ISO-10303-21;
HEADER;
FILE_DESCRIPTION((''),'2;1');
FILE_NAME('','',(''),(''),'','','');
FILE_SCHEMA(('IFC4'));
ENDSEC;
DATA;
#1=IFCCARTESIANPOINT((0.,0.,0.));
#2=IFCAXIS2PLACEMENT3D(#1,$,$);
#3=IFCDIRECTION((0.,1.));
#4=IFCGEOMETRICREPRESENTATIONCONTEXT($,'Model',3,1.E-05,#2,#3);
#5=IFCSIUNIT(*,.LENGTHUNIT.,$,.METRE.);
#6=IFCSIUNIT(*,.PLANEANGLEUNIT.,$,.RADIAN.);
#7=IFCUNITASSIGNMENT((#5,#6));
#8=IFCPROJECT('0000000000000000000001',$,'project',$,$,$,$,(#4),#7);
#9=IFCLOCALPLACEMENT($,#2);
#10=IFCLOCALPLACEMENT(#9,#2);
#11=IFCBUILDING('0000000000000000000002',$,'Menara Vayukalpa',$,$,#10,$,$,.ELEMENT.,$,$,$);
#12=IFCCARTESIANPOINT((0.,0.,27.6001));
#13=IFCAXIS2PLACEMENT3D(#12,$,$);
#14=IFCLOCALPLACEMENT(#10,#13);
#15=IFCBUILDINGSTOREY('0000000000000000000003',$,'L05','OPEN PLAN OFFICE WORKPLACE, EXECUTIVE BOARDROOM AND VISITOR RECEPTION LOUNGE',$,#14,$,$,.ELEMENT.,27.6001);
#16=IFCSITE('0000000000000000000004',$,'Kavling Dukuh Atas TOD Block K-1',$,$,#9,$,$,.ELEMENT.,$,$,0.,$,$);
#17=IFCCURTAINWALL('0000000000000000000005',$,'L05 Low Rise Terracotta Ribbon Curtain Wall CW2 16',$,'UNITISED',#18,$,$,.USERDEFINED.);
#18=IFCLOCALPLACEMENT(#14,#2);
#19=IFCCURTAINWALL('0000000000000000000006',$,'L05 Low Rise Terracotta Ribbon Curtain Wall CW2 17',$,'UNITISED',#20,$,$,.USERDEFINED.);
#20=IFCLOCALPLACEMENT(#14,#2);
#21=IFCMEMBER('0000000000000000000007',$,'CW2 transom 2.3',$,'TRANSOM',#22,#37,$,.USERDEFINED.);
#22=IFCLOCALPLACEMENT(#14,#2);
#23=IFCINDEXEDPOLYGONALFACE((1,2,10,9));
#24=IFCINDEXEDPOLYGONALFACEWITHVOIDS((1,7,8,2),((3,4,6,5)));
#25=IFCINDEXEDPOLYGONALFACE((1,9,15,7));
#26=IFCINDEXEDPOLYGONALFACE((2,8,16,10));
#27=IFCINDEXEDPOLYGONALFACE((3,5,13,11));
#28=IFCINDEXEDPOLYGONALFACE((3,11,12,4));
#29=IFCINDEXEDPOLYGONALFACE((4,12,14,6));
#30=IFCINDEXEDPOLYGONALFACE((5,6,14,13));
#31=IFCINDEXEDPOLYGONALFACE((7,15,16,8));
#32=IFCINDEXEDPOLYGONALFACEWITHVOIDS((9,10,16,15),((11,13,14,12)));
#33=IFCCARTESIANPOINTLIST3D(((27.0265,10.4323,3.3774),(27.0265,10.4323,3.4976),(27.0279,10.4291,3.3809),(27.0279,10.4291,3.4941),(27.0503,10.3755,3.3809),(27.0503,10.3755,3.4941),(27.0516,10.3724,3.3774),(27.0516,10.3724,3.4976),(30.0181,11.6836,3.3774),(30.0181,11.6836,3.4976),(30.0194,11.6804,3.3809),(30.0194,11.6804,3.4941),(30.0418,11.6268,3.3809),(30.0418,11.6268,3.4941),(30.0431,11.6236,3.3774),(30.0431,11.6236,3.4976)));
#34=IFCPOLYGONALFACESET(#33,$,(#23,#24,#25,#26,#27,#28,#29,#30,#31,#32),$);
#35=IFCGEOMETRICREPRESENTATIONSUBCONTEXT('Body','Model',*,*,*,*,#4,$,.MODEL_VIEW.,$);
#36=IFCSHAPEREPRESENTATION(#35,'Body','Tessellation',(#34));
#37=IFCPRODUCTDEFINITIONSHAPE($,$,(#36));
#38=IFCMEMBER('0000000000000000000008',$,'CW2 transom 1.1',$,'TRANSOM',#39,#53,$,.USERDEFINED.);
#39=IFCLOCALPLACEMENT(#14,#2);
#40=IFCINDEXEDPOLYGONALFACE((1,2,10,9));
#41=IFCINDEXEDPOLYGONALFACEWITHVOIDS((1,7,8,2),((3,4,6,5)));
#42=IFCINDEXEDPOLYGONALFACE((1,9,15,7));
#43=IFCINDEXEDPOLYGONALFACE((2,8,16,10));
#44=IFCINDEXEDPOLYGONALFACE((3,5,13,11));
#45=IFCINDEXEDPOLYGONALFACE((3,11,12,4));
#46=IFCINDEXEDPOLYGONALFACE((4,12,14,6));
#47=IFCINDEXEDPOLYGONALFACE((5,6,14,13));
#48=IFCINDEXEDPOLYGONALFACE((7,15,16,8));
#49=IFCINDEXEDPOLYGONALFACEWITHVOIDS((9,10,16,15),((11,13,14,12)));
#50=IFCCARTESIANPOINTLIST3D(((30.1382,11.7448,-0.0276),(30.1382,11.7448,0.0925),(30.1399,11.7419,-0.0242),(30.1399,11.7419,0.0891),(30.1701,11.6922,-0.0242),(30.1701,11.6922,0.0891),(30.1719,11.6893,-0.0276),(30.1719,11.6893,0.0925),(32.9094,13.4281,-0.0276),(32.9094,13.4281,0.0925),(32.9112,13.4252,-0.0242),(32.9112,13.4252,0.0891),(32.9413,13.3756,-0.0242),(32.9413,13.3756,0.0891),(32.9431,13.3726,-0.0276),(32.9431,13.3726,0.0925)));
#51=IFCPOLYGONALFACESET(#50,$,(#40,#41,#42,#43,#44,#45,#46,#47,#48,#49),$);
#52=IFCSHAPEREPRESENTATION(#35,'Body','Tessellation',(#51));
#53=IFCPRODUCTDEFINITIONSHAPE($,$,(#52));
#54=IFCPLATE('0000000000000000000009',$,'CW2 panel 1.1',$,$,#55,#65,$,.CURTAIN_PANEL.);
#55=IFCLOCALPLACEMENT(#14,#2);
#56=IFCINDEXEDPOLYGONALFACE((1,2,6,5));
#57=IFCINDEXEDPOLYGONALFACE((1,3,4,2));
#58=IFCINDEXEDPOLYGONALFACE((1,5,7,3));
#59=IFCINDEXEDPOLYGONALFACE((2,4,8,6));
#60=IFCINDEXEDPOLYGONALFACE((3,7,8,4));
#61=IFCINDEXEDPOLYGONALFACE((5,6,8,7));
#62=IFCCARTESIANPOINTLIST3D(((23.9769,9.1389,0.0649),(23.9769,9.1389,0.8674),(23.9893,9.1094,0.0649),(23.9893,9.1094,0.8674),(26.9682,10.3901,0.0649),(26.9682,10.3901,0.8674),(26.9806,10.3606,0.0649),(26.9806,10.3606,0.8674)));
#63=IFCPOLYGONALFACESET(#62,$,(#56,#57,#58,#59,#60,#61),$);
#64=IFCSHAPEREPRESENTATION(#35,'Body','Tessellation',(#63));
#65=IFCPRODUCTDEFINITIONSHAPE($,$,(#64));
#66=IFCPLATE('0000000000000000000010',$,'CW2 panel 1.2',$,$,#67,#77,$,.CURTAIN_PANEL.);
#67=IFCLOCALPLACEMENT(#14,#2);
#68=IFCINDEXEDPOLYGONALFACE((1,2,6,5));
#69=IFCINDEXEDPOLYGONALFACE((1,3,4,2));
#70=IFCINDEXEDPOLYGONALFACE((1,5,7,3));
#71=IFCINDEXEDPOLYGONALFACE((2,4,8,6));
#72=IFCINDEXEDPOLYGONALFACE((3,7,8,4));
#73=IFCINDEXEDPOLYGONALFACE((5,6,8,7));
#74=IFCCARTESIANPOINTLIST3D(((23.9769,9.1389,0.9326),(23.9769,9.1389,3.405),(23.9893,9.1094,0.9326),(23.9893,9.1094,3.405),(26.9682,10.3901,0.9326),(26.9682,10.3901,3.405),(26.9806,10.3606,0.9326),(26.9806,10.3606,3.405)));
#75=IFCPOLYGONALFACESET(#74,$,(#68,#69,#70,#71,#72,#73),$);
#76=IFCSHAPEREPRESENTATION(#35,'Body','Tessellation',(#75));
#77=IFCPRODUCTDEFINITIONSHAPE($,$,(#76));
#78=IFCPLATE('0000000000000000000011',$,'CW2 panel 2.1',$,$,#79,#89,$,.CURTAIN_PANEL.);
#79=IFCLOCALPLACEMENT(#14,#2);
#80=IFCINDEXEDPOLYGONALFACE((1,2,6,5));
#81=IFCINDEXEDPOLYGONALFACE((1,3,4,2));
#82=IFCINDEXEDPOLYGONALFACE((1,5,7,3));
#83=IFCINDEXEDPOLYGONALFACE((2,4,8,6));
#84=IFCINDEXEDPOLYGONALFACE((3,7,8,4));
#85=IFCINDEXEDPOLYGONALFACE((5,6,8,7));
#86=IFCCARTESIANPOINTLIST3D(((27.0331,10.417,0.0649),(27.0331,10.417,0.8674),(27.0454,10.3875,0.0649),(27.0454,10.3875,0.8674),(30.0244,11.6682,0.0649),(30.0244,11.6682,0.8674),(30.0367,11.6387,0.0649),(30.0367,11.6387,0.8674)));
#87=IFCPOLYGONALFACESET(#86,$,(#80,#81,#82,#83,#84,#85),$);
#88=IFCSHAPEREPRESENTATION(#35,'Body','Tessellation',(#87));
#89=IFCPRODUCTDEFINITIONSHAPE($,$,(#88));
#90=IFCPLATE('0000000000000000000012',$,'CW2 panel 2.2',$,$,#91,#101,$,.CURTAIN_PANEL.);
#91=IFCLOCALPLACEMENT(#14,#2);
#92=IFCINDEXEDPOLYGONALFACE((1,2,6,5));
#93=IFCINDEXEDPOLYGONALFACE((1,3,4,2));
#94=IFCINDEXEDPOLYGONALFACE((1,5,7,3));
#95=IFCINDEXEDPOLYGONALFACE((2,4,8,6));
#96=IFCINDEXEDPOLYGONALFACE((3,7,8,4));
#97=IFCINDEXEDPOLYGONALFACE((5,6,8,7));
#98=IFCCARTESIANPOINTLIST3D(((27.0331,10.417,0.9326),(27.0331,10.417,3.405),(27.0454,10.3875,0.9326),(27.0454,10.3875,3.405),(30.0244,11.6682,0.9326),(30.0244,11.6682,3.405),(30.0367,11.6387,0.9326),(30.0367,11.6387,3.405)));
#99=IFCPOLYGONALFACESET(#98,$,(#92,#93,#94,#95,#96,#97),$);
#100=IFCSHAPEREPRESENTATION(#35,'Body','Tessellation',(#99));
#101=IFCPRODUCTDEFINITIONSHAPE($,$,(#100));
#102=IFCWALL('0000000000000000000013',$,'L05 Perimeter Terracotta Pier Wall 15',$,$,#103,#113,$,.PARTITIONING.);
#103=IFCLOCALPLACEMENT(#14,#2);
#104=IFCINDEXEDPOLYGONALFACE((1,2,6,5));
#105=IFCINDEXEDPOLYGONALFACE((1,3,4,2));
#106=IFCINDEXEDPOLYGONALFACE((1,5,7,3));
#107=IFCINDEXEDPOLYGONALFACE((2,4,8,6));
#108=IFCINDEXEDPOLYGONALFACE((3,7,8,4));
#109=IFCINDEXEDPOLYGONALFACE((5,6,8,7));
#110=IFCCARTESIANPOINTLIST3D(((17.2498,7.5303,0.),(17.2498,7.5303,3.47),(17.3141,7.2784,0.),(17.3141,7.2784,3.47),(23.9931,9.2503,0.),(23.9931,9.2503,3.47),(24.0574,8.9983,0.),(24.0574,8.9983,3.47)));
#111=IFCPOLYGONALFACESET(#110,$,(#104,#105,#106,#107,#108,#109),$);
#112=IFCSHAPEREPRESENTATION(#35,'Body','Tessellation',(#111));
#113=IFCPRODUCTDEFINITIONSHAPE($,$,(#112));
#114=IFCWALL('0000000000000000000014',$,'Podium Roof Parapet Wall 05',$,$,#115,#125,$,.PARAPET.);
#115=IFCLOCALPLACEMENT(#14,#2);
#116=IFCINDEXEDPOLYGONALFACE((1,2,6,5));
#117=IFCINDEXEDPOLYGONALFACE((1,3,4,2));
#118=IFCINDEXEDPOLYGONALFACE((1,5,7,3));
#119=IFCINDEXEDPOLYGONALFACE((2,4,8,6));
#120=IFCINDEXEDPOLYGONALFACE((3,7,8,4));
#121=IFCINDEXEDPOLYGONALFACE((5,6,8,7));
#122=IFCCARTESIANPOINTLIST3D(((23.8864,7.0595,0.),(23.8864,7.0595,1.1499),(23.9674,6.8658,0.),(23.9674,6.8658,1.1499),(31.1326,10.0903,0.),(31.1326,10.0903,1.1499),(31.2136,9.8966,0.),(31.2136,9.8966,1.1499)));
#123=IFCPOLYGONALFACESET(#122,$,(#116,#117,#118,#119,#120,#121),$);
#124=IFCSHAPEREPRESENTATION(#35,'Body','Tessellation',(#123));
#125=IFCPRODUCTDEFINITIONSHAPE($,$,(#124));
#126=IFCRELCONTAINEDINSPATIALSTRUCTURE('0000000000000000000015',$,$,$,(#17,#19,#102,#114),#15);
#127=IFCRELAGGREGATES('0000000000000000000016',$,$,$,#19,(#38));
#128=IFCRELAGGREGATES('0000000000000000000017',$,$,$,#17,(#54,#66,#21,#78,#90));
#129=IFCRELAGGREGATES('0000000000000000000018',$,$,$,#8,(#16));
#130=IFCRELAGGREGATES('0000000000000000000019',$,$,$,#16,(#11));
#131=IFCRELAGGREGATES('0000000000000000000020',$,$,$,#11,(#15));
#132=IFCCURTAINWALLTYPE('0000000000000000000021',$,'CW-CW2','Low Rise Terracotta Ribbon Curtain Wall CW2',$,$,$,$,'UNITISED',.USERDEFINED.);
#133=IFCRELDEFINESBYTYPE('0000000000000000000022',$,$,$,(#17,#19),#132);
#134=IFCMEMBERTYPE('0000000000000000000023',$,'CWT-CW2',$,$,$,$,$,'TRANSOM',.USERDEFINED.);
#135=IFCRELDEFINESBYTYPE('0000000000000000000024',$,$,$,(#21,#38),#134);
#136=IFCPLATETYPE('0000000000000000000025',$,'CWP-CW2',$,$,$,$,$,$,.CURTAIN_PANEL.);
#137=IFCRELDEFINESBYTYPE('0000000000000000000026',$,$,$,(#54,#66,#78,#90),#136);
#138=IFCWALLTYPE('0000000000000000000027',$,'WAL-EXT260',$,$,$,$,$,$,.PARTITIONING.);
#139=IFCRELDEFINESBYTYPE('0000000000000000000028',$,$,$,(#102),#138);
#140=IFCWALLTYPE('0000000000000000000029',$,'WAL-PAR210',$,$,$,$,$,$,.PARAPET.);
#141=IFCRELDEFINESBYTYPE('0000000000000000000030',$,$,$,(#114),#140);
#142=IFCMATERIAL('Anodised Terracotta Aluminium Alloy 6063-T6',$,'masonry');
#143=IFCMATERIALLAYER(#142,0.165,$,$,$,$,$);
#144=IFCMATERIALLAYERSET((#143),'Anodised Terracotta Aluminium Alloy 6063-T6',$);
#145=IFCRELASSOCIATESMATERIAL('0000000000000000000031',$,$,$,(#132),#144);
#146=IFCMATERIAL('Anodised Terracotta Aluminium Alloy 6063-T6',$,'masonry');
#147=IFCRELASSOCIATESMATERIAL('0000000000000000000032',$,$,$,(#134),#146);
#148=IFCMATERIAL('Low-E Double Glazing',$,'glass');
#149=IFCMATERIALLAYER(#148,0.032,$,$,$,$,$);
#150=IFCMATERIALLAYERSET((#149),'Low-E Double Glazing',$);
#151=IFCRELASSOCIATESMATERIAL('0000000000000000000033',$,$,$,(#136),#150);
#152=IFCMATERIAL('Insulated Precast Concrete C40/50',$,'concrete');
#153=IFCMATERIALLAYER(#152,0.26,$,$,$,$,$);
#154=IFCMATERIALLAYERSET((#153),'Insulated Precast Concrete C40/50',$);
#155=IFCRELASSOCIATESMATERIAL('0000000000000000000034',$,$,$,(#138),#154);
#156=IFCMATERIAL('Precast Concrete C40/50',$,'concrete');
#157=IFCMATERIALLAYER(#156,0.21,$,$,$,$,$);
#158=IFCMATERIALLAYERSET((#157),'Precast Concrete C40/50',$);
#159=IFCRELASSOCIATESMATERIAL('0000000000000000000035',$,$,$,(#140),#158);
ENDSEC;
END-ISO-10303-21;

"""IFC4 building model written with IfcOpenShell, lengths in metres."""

from ifc_helpers import new_model, si_unit, direction, frame, frame_2d, origin, origin_2d, place, context, subcontext, project, spatial, rectangle, hollow_rectangle, extrude, material, layer, layer_set, material_profile, profile_set, type_object, element, aggregate, save


model = new_model("IFC4")

# Units and contexts
model_context = context("Model", 3, precision=1e-05, world=origin(), true_north=direction((0.0, 1.0)))
body_context = subcontext(model_context, "Body", "Model", "MODEL_VIEW")
ifc_project = project(units=[si_unit("LENGTHUNIT", "METRE"), si_unit("PLANEANGLEUNIT", "RADIAN")], contexts=[model_context])

# Site, building, storey
site_placement = place(None, origin())
site = spatial("IfcSite", under=ifc_project, at=site_placement, Name="Kavling Dukuh Atas TOD Block K-1", CompositionType="ELEMENT", RefElevation=0.0)
building_placement = place(site_placement, origin())
building = spatial("IfcBuilding", under=site, at=building_placement, Name="Menara Vayukalpa", CompositionType="ELEMENT")
storey_placement = place(building_placement, frame((0.0, 0.0, 27.6001)))
storey = spatial("IfcBuildingStorey", under=building, at=storey_placement, Name="L05", Description="OPEN PLAN OFFICE WORKPLACE, EXECUTIVE BOARDROOM AND VISITOR RECEPTION LOUNGE", CompositionType="ELEMENT", Elevation=27.6001)

# Curtain wall
ifc_material_1 = material(Name="Anodised Terracotta Aluminium Alloy 6063-T6", Category="masonry")
ifc_layer_1 = layer(ifc_material_1, 0.165)
ifc_layer_set_1 = layer_set([ifc_layer_1], Name="Anodised Terracotta Aluminium Alloy 6063-T6")
curtain_wall_type = type_object("IfcCurtainWallType", Name="CW-CW2", Description="Low Rise Terracotta Ribbon Curtain Wall CW2", ElementType="UNITISED", PredefinedType="USERDEFINED", material=ifc_layer_set_1)
curtain_wall_1_placement = place(storey_placement, origin())
curtain_wall_1 = element("IfcCurtainWall", 1, at=curtain_wall_1_placement, inside=storey, type_object=curtain_wall_type, Name="L05 Low Rise Terracotta Ribbon Curtain Wall CW2 16", ObjectType="UNITISED", PredefinedType="USERDEFINED")

# Curtain wall
curtain_wall_2_placement = place(storey_placement, origin())
curtain_wall_2 = element("IfcCurtainWall", 2, at=curtain_wall_2_placement, inside=storey, type_object=curtain_wall_type, Name="L05 Low Rise Terracotta Ribbon Curtain Wall CW2 17", ObjectType="UNITISED", PredefinedType="USERDEFINED")

# Members
ifc_material_2 = material(Name="Anodised Terracotta Aluminium Alloy 6063-T6", Category="masonry")
ifc_material_profile_1 = material_profile(ifc_material_2, hollow_rectangle(XDim=0.0649, YDim=0.1201, WallThickness=0.0034, at=origin_2d()), Name="ALU 65x120x3.5")
ifc_profile_set_1 = profile_set([ifc_material_profile_1], Name="Anodised Terracotta Aluminium Alloy 6063-T6")
member_type_1 = type_object("IfcMemberType", Name="CWT-CW2", ElementType="TRANSOM", PredefinedType="USERDEFINED", material=ifc_profile_set_1)
member_1_placement = place(storey_placement, frame((27.0391, 10.4023, 3.4375), z_axis=(0.922553, 0.385871, 0.0), x_axis=(-0.385871, 0.922553, 0.0)))
member_1 = element("IfcMember", 3, at=member_1_placement, type_object=member_type_1, Name="CW2 transom 2.3", ObjectType="TRANSOM", PredefinedType="USERDEFINED", context=body_context, shape_type="SweptSolid", body=[
    extrude(hollow_rectangle(XDim=0.0649, YDim=0.1201, WallThickness=0.0034, at=origin_2d()), origin(), (0.0, 0.0, 1.0), 3.2427),
])
member_2_placement = place(storey_placement, frame((30.155, 11.717, 0.0325), z_axis=(0.854677, 0.519161, 0.0), x_axis=(-0.519161, 0.854677, 0.0)))
member_2 = element("IfcMember", 4, at=member_2_placement, type_object=member_type_1, Name="CW2 transom 1.1", ObjectType="TRANSOM", PredefinedType="USERDEFINED", context=body_context, shape_type="SweptSolid", body=[
    extrude(hollow_rectangle(XDim=0.0649, YDim=0.1201, WallThickness=0.0034, at=origin_2d()), origin(), (0.0, 0.0, 1.0), 3.2424),
])
aggregate(curtain_wall_2, [member_2])

# Plates
ifc_material_3 = material(Name="Low-E Double Glazing", Category="glass")
ifc_layer_2 = layer(ifc_material_3, 0.032)
ifc_layer_set_2 = layer_set([ifc_layer_2], Name="Low-E Double Glazing")
plate_type = type_object("IfcPlateType", Name="CWP-CW2", PredefinedType="CURTAIN_PANEL", material=ifc_layer_set_2)
plate_1_placement = place(storey_placement, frame((25.4788, 9.7498, 0.0649), z_axis=(0.0, 0.0, 1.0), x_axis=(0.922543, 0.385895, 0.0)))
plate_1 = element("IfcPlate", 5, at=plate_1_placement, type_object=plate_type, Name="CW2 panel 1.1", PredefinedType="CURTAIN_PANEL", context=body_context, shape_type="SweptSolid", body=[
    extrude(rectangle(XDim=3.2424, YDim=0.032, at=origin_2d()), origin(), (0.0, 0.0, 1.0), 0.8025),
])
plate_2_placement = place(storey_placement, frame((25.4788, 9.7498, 0.9326), z_axis=(0.0, 0.0, 1.0), x_axis=(0.922543, 0.385895, 0.0)))
plate_2 = element("IfcPlate", 6, at=plate_2_placement, type_object=plate_type, Name="CW2 panel 1.2", PredefinedType="CURTAIN_PANEL", context=body_context, shape_type="SweptSolid", body=[
    extrude(rectangle(XDim=3.2424, YDim=0.032, at=origin_2d()), origin(), (0.0, 0.0, 1.0), 2.4724),
])
plate_3_placement = place(storey_placement, frame((28.5349, 11.0278, 0.0649), z_axis=(0.0, 0.0, 1.0), x_axis=(0.922543, 0.385895, 0.0)))
plate_3 = element("IfcPlate", 7, at=plate_3_placement, type_object=plate_type, Name="CW2 panel 2.1", PredefinedType="CURTAIN_PANEL", context=body_context, shape_type="SweptSolid", body=[
    extrude(rectangle(XDim=3.2424, YDim=0.032, at=origin_2d()), origin(), (0.0, 0.0, 1.0), 0.8025),
])
plate_4_placement = place(storey_placement, frame((28.5349, 11.0278, 0.9326), z_axis=(0.0, 0.0, 1.0), x_axis=(0.922543, 0.385895, 0.0)))
plate_4 = element("IfcPlate", 8, at=plate_4_placement, type_object=plate_type, Name="CW2 panel 2.2", PredefinedType="CURTAIN_PANEL", context=body_context, shape_type="SweptSolid", body=[
    extrude(rectangle(XDim=3.2424, YDim=0.032, at=origin_2d()), origin(), (0.0, 0.0, 1.0), 2.4724),
])
aggregate(curtain_wall_1, [plate_1, plate_2, member_1, plate_3, plate_4])

# Walls
ifc_material_4 = material(Name="Insulated Precast Concrete C40/50", Category="concrete")
ifc_layer_3 = layer(ifc_material_4, 0.26)
ifc_layer_set_3 = layer_set([ifc_layer_3], Name="Insulated Precast Concrete C40/50")
wall_type_1 = type_object("IfcWallType", Name="WAL-EXT260", PredefinedType="PARTITIONING", material=ifc_layer_set_3)
wall_1_placement = place(storey_placement, frame((24.0251, 9.1243, 0.0), z_axis=(0.0, 0.0, 1.0), x_axis=(-0.968978, -0.247147, 0.0)))
element("IfcWall", 9, at=wall_1_placement, inside=storey, type_object=wall_type_1, Name="L05 Perimeter Terracotta Pier Wall 15", PredefinedType="PARTITIONING", context=body_context, shape_type="SweptSolid", body=[
    extrude(rectangle(XDim=6.9592, YDim=0.26, at=frame_2d((3.4795, 0.0))), origin(), (0.0, 0.0, 1.0), 3.47),
])
ifc_material_5 = material(Name="Precast Concrete C40/50", Category="concrete")
ifc_layer_4 = layer(ifc_material_5, 0.21)
ifc_layer_set_4 = layer_set([ifc_layer_4], Name="Precast Concrete C40/50")
wall_type_2 = type_object("IfcWallType", Name="WAL-PAR210", PredefinedType="PARAPET", material=ifc_layer_set_4)
wall_2_placement = place(storey_placement, frame((31.1731, 9.9934, 0.0), z_axis=(0.0, 0.0, 1.0), x_axis=(-0.922554, -0.385869, 0.0)))
element("IfcWall", 10, at=wall_2_placement, inside=storey, type_object=wall_type_2, Name="Podium Roof Parapet Wall 05", PredefinedType="PARAPET", context=body_context, shape_type="SweptSolid", body=[
    extrude(rectangle(XDim=7.8545, YDim=0.21, at=frame_2d((3.9272, 0.0))), origin(), (0.0, 0.0, 1.0), 1.1499),
])

save(model, "model.ifc")
